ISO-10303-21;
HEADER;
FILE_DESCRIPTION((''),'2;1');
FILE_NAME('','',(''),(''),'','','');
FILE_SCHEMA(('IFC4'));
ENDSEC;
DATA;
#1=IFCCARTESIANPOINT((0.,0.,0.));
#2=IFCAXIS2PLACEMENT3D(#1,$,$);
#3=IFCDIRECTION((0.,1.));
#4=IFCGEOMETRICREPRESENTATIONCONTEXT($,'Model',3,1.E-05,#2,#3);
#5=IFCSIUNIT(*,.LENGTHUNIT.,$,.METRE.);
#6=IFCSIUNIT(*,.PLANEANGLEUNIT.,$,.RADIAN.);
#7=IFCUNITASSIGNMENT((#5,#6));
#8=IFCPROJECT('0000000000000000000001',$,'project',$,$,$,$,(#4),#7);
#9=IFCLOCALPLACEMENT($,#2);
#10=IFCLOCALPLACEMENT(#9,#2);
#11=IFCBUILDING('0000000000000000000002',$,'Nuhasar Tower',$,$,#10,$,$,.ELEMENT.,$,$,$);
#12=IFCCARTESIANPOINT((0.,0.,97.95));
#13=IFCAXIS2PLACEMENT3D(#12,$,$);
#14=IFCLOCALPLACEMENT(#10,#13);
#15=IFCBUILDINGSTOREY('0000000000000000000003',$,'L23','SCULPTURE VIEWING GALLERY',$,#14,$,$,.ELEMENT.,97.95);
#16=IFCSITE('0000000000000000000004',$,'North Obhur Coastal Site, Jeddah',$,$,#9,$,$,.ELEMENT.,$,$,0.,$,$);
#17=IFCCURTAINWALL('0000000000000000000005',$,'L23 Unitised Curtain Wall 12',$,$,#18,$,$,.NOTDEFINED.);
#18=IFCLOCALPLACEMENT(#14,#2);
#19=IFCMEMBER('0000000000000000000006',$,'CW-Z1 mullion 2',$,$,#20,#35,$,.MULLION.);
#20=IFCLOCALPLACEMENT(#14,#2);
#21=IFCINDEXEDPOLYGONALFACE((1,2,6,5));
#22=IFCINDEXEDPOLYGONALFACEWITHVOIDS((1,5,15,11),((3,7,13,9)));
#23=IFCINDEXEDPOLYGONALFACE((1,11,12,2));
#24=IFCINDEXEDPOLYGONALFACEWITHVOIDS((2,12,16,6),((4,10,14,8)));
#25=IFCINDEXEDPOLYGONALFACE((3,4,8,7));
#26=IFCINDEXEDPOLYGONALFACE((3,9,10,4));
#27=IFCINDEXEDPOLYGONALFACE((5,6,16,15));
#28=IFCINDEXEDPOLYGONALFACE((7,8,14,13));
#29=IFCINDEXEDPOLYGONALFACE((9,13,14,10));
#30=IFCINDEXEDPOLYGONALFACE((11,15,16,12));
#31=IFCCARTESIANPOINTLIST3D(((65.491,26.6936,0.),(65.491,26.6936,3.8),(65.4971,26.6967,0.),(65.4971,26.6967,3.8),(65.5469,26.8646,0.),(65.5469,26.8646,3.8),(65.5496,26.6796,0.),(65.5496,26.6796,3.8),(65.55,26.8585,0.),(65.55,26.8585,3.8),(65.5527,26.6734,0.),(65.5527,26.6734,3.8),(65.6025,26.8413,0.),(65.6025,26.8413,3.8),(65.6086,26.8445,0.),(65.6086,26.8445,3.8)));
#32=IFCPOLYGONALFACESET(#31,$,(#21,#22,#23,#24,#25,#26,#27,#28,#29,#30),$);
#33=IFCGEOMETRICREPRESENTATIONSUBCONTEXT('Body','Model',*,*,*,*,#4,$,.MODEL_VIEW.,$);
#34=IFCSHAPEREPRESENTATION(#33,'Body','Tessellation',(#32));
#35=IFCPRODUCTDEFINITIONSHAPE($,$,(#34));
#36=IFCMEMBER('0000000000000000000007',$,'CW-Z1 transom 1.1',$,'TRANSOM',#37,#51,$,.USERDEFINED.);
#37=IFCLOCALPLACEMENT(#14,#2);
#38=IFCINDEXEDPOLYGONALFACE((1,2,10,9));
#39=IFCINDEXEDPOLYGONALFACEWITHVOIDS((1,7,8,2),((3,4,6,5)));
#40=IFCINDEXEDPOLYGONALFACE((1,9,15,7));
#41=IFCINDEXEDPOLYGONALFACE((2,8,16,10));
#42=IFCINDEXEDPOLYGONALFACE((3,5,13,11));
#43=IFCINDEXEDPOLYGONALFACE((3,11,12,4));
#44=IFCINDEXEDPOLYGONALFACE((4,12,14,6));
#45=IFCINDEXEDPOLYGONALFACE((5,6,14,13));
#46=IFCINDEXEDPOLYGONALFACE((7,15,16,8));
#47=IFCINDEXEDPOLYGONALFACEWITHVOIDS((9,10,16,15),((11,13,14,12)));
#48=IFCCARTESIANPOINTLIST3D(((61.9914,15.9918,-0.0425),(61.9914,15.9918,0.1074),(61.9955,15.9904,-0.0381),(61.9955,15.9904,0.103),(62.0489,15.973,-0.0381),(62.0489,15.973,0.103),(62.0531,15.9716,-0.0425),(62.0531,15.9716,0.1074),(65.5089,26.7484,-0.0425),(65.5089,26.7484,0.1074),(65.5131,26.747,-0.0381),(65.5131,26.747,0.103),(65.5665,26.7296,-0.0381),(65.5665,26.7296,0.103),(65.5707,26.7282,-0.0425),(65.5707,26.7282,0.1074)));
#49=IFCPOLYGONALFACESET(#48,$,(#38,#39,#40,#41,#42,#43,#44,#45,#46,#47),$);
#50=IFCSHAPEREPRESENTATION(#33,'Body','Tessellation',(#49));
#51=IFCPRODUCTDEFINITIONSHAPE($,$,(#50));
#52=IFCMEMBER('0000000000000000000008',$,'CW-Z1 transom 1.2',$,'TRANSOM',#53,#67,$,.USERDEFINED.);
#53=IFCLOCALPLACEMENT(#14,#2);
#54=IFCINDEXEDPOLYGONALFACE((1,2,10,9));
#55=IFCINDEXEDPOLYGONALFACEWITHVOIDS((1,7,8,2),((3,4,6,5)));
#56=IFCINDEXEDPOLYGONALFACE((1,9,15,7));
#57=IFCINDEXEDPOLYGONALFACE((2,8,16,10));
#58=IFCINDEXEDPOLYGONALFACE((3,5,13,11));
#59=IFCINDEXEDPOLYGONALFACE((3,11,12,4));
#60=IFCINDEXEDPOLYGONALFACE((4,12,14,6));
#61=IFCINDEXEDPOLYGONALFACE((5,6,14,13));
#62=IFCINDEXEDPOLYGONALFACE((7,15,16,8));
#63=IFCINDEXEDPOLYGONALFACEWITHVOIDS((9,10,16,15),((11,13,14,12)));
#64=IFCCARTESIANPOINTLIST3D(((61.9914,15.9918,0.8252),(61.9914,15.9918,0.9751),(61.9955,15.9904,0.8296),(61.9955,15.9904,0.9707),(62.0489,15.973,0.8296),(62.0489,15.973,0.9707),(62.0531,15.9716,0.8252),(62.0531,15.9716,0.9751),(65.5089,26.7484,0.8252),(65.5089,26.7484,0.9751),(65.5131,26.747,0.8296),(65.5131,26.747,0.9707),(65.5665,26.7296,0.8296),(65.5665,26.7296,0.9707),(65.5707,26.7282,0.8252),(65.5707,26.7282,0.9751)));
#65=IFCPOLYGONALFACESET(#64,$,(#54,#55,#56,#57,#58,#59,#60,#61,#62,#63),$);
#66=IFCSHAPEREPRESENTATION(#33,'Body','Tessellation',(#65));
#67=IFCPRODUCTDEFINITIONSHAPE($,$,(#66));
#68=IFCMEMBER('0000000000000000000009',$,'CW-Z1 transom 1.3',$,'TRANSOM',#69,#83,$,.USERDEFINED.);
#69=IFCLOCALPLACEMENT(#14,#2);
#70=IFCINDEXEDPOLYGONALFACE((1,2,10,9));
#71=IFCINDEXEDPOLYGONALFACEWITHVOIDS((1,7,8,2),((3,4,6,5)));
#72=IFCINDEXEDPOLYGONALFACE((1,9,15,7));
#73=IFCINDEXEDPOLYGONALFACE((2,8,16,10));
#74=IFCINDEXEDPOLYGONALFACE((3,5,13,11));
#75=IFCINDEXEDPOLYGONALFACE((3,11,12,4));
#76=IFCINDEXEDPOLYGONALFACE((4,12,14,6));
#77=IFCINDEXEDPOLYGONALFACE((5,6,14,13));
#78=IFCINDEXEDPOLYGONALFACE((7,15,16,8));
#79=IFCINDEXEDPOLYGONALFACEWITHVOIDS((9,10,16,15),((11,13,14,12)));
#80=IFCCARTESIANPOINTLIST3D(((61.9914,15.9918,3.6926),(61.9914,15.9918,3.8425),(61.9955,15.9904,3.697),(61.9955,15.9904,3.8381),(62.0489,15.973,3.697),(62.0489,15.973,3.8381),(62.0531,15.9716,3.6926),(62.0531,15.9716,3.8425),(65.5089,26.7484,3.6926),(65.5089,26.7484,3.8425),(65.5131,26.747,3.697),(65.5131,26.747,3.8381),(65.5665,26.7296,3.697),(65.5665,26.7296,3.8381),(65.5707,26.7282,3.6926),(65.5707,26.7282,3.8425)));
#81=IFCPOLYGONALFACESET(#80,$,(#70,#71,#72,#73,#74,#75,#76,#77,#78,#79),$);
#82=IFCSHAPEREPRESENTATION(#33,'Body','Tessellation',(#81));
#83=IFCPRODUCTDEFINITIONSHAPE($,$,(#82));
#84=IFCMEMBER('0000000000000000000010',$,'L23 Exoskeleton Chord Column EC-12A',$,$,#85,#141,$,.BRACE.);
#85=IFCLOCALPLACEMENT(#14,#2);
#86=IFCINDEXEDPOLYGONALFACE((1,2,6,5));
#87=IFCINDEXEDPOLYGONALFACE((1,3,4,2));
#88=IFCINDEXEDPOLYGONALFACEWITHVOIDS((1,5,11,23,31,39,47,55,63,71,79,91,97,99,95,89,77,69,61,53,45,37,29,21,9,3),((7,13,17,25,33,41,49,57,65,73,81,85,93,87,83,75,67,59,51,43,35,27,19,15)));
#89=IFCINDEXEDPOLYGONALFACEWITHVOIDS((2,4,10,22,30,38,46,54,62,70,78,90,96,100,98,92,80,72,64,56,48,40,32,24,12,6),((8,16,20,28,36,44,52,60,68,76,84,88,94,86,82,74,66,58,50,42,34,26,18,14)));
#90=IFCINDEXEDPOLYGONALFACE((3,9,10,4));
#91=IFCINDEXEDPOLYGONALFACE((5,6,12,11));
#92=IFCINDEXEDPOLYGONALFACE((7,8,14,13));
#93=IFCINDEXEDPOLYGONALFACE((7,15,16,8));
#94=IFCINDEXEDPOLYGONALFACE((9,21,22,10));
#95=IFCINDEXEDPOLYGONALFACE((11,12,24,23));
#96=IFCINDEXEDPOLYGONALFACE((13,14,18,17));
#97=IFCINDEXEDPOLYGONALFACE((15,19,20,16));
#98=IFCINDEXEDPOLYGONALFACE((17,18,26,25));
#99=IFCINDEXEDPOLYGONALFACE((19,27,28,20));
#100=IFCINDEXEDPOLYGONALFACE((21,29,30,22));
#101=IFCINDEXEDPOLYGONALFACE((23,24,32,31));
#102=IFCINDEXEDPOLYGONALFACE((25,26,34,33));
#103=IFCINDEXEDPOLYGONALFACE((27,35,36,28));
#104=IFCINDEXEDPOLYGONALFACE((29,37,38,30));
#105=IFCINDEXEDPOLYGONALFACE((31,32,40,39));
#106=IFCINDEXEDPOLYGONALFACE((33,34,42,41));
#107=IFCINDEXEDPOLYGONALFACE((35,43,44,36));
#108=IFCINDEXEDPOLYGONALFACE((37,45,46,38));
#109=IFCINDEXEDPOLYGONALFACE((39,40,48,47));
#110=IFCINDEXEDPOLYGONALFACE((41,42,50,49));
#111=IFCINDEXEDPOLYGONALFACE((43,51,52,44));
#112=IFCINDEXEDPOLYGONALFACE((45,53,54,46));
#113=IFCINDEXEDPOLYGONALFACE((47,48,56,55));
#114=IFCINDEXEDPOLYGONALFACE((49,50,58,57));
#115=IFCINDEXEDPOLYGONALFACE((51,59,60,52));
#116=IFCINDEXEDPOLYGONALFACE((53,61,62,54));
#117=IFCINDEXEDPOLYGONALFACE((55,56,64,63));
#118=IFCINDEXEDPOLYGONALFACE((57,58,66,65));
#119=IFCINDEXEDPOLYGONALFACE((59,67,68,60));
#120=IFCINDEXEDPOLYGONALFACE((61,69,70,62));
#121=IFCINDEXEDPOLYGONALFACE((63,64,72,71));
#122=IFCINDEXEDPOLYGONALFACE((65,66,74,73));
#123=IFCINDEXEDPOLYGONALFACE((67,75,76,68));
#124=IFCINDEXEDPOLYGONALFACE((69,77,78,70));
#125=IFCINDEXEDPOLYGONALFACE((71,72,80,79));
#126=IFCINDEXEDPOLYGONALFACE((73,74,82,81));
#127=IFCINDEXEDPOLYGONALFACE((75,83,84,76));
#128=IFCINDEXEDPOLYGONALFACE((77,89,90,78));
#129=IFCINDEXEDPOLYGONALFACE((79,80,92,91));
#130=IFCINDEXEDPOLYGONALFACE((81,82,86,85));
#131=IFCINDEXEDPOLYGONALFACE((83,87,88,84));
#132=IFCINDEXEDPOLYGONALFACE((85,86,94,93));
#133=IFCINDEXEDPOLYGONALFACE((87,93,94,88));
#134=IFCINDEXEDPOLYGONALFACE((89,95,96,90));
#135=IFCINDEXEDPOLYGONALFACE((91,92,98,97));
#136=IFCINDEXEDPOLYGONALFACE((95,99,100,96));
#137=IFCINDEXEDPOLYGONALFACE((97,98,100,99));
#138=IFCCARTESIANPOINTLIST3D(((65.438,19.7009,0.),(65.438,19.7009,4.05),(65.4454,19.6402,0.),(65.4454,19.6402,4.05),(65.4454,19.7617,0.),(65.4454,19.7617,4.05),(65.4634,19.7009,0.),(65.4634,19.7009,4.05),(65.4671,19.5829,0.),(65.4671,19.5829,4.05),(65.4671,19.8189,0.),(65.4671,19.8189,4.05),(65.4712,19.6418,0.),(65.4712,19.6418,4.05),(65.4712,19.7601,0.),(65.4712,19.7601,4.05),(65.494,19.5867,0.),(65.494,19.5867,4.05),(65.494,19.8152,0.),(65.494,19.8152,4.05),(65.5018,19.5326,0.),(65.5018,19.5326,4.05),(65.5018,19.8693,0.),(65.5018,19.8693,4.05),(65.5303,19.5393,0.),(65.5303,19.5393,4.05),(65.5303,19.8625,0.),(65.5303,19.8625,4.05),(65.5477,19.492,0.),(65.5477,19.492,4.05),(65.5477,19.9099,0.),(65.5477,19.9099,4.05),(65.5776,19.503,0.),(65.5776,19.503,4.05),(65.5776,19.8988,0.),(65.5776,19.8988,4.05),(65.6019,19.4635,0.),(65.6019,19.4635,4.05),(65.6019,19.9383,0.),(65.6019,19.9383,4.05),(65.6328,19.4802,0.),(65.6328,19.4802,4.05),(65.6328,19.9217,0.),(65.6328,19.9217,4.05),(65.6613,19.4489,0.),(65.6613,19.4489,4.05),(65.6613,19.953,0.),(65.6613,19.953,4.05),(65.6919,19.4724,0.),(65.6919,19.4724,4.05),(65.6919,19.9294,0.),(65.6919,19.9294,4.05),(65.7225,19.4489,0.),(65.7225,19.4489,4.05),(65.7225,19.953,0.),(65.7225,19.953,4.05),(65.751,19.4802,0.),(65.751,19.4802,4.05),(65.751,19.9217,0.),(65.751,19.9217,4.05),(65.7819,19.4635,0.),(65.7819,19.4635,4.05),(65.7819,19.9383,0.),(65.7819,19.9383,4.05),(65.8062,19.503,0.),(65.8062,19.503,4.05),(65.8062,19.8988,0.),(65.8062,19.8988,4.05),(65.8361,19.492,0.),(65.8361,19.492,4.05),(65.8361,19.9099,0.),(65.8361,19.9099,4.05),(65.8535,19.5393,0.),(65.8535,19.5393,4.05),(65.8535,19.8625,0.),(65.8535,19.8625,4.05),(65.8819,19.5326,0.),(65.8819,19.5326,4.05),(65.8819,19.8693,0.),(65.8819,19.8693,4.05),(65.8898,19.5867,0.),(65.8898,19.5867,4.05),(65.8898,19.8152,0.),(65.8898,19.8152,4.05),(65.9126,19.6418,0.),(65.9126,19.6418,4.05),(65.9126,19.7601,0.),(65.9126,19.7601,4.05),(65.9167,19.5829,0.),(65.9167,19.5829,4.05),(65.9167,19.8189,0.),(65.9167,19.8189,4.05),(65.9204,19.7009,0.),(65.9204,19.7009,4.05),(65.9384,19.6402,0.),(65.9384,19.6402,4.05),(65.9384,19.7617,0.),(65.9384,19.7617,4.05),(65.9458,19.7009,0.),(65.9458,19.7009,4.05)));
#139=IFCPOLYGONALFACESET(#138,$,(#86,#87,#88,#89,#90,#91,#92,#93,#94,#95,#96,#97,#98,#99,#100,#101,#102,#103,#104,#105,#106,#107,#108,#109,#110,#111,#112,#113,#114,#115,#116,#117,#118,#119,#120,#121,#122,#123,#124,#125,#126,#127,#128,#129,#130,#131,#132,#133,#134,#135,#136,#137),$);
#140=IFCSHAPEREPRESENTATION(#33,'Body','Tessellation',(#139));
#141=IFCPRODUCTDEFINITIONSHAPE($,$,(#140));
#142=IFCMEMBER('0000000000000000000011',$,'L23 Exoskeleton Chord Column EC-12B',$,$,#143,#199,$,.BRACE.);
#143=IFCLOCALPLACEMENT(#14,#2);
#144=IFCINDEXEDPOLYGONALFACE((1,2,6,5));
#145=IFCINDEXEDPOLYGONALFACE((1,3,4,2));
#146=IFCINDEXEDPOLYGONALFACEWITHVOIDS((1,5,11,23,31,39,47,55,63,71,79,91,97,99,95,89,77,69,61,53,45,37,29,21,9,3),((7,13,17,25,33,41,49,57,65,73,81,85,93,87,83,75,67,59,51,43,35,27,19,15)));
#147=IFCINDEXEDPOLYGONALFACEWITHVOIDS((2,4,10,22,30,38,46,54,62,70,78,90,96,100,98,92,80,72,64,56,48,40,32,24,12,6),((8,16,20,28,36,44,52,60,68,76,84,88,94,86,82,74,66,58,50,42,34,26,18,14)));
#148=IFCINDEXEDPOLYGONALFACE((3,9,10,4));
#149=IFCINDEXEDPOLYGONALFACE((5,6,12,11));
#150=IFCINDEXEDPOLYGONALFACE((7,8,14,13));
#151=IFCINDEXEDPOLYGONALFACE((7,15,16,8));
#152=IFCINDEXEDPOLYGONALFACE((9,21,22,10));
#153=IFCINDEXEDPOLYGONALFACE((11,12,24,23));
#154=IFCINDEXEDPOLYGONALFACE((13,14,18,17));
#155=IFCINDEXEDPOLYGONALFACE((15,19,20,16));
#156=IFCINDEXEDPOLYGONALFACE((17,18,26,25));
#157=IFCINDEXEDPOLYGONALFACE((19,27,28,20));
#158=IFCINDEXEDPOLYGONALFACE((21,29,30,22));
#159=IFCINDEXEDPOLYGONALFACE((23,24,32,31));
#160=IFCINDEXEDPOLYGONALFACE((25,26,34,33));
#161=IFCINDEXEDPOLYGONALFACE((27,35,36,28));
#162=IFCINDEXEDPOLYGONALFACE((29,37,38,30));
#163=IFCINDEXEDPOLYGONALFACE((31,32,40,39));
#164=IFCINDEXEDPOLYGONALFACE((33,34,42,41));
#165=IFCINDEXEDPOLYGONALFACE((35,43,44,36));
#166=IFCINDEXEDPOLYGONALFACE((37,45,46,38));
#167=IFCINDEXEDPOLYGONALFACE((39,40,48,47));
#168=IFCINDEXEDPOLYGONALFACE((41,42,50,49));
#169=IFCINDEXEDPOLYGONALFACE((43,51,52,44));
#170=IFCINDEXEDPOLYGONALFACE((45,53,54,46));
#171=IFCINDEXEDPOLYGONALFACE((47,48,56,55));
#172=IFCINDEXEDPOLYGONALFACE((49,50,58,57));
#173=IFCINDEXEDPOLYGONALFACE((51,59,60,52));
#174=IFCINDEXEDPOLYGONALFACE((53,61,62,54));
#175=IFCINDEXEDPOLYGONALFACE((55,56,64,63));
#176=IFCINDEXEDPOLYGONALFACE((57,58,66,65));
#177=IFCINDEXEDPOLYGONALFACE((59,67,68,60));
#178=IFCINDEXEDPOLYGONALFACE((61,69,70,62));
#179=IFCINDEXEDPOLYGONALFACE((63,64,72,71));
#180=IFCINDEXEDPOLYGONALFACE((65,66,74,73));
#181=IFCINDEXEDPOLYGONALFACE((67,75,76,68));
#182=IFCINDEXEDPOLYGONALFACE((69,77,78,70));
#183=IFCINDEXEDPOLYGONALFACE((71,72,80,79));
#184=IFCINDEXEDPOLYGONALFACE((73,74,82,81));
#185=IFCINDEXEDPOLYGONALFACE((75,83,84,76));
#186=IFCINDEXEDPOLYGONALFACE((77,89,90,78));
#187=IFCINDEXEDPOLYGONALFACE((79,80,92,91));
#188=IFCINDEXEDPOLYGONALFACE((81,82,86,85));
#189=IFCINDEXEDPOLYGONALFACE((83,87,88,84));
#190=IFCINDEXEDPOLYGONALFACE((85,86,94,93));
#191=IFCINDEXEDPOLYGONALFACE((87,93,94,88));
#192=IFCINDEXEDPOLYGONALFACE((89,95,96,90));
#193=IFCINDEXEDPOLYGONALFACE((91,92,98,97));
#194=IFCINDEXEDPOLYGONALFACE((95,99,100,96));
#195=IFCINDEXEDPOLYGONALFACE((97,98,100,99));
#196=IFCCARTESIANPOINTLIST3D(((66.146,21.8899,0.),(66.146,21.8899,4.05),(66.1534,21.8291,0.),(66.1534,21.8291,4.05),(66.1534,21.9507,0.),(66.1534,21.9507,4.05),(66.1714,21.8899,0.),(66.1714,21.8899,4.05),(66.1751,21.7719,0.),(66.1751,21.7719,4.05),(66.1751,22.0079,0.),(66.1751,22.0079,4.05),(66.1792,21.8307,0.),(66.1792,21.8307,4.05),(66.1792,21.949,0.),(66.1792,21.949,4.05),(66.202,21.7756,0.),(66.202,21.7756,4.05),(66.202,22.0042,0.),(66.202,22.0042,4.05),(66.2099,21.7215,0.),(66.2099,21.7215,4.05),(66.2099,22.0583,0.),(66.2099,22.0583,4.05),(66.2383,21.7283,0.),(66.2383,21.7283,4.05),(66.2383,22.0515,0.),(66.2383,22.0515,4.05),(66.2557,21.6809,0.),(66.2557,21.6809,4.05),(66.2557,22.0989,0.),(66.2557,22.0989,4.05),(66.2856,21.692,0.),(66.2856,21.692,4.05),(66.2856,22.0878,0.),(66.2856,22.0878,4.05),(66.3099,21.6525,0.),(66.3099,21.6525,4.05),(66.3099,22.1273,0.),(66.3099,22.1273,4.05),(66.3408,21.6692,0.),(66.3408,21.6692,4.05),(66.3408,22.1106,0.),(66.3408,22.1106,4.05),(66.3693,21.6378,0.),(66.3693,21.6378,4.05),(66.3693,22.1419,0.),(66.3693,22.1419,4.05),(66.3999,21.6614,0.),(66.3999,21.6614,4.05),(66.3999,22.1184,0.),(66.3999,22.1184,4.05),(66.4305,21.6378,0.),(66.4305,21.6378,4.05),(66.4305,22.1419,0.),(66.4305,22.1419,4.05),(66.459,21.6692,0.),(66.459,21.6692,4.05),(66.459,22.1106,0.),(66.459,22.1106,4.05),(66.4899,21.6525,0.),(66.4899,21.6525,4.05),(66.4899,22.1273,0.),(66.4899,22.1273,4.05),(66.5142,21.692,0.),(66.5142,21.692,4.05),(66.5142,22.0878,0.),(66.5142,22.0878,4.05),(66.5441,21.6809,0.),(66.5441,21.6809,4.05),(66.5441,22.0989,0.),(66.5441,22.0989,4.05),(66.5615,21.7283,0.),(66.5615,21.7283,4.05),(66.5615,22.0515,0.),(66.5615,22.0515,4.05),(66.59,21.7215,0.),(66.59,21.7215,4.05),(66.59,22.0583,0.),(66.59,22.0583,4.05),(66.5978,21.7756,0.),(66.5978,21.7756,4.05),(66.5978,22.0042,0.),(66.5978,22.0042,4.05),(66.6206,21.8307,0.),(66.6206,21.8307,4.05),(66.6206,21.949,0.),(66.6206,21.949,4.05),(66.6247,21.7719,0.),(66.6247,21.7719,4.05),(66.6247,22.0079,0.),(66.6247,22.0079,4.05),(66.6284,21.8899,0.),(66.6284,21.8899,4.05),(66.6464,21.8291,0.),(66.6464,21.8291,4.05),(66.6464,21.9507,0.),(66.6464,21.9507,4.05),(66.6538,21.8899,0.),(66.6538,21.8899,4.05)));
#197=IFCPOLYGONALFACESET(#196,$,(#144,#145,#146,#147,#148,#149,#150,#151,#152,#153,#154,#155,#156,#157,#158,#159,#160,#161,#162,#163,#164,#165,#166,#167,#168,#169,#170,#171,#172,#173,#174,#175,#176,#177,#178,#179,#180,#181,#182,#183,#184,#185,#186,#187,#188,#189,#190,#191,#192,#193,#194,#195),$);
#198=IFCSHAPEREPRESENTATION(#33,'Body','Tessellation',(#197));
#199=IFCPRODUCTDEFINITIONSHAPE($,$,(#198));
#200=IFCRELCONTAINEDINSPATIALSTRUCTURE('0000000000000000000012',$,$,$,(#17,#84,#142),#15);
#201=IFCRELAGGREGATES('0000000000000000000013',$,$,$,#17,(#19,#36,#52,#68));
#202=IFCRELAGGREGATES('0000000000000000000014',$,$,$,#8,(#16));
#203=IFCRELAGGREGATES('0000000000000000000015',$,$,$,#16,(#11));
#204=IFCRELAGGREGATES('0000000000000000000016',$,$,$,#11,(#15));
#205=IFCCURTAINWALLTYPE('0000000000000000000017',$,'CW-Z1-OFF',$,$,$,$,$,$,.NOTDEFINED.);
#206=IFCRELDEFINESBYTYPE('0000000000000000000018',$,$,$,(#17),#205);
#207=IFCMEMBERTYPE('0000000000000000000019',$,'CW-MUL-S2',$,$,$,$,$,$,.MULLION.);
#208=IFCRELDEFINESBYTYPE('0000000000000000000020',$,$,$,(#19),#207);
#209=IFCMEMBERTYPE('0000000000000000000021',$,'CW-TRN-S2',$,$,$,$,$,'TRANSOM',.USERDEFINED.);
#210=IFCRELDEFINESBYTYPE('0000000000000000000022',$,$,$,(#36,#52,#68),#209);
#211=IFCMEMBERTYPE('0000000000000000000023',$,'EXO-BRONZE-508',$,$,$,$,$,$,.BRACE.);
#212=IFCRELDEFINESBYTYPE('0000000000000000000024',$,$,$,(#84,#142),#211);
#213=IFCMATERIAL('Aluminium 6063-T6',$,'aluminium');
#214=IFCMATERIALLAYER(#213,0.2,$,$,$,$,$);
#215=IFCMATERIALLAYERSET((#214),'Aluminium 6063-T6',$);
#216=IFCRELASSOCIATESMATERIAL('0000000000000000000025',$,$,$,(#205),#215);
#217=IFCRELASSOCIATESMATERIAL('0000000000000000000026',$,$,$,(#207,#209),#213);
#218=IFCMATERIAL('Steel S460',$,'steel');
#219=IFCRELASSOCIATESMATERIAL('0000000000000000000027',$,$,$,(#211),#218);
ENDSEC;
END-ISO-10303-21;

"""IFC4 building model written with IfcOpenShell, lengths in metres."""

from ifc_helpers import new_model, si_unit, direction, frame, origin, origin_2d, place, context, subcontext, project, spatial, hollow_rectangle, hollow_circle, extrude, material, layer, layer_set, material_profile, profile_set, type_object, element, aggregate, save


model = new_model("IFC4")

# Units and contexts
model_context = context("Model", 3, precision=1e-05, world=origin(), true_north=direction((0.0, 1.0)))
body_context = subcontext(model_context, "Body", "Model", "MODEL_VIEW")
ifc_project = project(units=[si_unit("LENGTHUNIT", "METRE"), si_unit("PLANEANGLEUNIT", "RADIAN")], contexts=[model_context])

# Site, building, storey
site_placement = place(None, origin())
site = spatial("IfcSite", under=ifc_project, at=site_placement, Name="North Obhur Coastal Site, Jeddah", CompositionType="ELEMENT", RefElevation=0.0)
building_placement = place(site_placement, origin())
building = spatial("IfcBuilding", under=site, at=building_placement, Name="Nuhasar Tower", CompositionType="ELEMENT")
storey_placement = place(building_placement, frame((0.0, 0.0, 97.95)))
storey = spatial("IfcBuildingStorey", under=building, at=storey_placement, Name="L23", Description="SCULPTURE VIEWING GALLERY", CompositionType="ELEMENT", Elevation=97.95)

# Curtain wall, members
ifc_material_1 = material(Name="Aluminium 6063-T6", Category="aluminium")
ifc_layer_1 = layer(ifc_material_1, 0.2)
ifc_layer_set_1 = layer_set([ifc_layer_1], Name="Aluminium 6063-T6")
curtain_wall_type = type_object("IfcCurtainWallType", Name="CW-Z1-OFF", PredefinedType="NOTDEFINED", material=ifc_layer_set_1)
curtain_wall_placement = place(storey_placement, origin())
curtain_wall = element("IfcCurtainWall", 1, at=curtain_wall_placement, inside=storey, type_object=curtain_wall_type, Name="L23 Unitised Curtain Wall 12", PredefinedType="NOTDEFINED")
ifc_material_profile_1 = material_profile(ifc_material_1, hollow_rectangle(XDim=0.0649, YDim=0.1799, WallThickness=0.0049, at=origin_2d()), Name="CWM-2")
ifc_profile_set_1 = profile_set([ifc_material_profile_1], Name="Aluminium 6063-T6")
member_type_1 = type_object("IfcMemberType", Name="CW-MUL-S2", PredefinedType="MULLION", material=ifc_profile_set_1)
member_1_placement = place(storey_placement, frame((65.5498, 26.769, 0.0), z_axis=(0.0, 0.0, 1.0), x_axis=(-0.950468, 0.310824, 0.0)))
member_1 = element("IfcMember", 2, at=member_1_placement, type_object=member_type_1, Name="CW-Z1 mullion 2", PredefinedType="MULLION", context=body_context, shape_type="SweptSolid", body=[
    extrude(hollow_rectangle(XDim=0.0649, YDim=0.1799, WallThickness=0.0049, at=origin_2d()), origin(), (0.0, 0.0, 1.0), 3.8),
])
ifc_material_profile_2 = material_profile(ifc_material_1, hollow_rectangle(XDim=0.0649, YDim=0.1499, WallThickness=0.0044, at=origin_2d()), Name="CWT-2")
ifc_profile_set_2 = profile_set([ifc_material_profile_2], Name="Aluminium 6063-T6")
member_type_2 = type_object("IfcMemberType", Name="CW-TRN-S2", ElementType="TRANSOM", PredefinedType="USERDEFINED", material=ifc_profile_set_2)
member_2_placement = place(storey_placement, frame((62.0222, 15.9817, 0.0325), z_axis=(0.310819, 0.950469, 0.0), x_axis=(-0.950469, 0.310819, 0.0)))
member_2 = element("IfcMember", 3, at=member_2_placement, type_object=member_type_2, Name="CW-Z1 transom 1.1", ObjectType="TRANSOM", PredefinedType="USERDEFINED", context=body_context, shape_type="SweptSolid", body=[
    extrude(hollow_rectangle(XDim=0.0649, YDim=0.1499, WallThickness=0.0044, at=origin_2d()), origin(), (0.0, 0.0, 1.0), 11.3171),
])
member_3_placement = place(storey_placement, frame((62.0222, 15.9817, 0.9001), z_axis=(0.310819, 0.950469, 0.0), x_axis=(-0.950469, 0.310819, 0.0)))
member_3 = element("IfcMember", 4, at=member_3_placement, type_object=member_type_2, Name="CW-Z1 transom 1.2", ObjectType="TRANSOM", PredefinedType="USERDEFINED", context=body_context, shape_type="SweptSolid", body=[
    extrude(hollow_rectangle(XDim=0.0649, YDim=0.1499, WallThickness=0.0044, at=origin_2d()), origin(), (0.0, 0.0, 1.0), 11.3171),
])
member_4_placement = place(storey_placement, frame((62.0222, 15.9817, 3.7676), z_axis=(0.310819, 0.950469, 0.0), x_axis=(-0.950469, 0.310819, 0.0)))
member_4 = element("IfcMember", 5, at=member_4_placement, type_object=member_type_2, Name="CW-Z1 transom 1.3", ObjectType="TRANSOM", PredefinedType="USERDEFINED", context=body_context, shape_type="SweptSolid", body=[
    extrude(hollow_rectangle(XDim=0.0649, YDim=0.1499, WallThickness=0.0044, at=origin_2d()), origin(), (0.0, 0.0, 1.0), 11.3171),
])

# Members
ifc_material_2 = material(Name="Steel S460", Category="steel")
ifc_material_profile_3 = material_profile(ifc_material_2, hollow_circle(Radius=0.2539, WallThickness=0.0254, at=origin_2d()), Name="HSS508X25.4")
ifc_profile_set_3 = profile_set([ifc_material_profile_3], Name="Steel S460")
member_type_3 = type_object("IfcMemberType", Name="EXO-BRONZE-508", PredefinedType="BRACE", material=ifc_profile_set_3)
for number, where, z_axis, x_axis, name in (
    (6, (65.6919, 19.7009, 0.0), (0.0, 0.0, 1.0), (1.0, 0.0, 0.0), "L23 Exoskeleton Chord Column EC-12A"),
    (7, (66.3999, 21.8899, 0.0), (0.0, 0.0, 1.0), (1.0, 0.0, 0.0), "L23 Exoskeleton Chord Column EC-12B"),
):
    element("IfcMember", number, at=place(storey_placement, frame(where, z_axis=z_axis, x_axis=x_axis)), inside=storey, type_object=member_type_3, Name=name, PredefinedType="BRACE", context=body_context, shape_type="SweptSolid", body=[
        extrude(hollow_circle(Radius=0.2539, WallThickness=0.0254, at=origin_2d()), origin(), (0.0, 0.0, 1.0), 4.05),
    ])

aggregate(curtain_wall, [member_1, member_2, member_3, member_4])

save(model, "model.ifc")
